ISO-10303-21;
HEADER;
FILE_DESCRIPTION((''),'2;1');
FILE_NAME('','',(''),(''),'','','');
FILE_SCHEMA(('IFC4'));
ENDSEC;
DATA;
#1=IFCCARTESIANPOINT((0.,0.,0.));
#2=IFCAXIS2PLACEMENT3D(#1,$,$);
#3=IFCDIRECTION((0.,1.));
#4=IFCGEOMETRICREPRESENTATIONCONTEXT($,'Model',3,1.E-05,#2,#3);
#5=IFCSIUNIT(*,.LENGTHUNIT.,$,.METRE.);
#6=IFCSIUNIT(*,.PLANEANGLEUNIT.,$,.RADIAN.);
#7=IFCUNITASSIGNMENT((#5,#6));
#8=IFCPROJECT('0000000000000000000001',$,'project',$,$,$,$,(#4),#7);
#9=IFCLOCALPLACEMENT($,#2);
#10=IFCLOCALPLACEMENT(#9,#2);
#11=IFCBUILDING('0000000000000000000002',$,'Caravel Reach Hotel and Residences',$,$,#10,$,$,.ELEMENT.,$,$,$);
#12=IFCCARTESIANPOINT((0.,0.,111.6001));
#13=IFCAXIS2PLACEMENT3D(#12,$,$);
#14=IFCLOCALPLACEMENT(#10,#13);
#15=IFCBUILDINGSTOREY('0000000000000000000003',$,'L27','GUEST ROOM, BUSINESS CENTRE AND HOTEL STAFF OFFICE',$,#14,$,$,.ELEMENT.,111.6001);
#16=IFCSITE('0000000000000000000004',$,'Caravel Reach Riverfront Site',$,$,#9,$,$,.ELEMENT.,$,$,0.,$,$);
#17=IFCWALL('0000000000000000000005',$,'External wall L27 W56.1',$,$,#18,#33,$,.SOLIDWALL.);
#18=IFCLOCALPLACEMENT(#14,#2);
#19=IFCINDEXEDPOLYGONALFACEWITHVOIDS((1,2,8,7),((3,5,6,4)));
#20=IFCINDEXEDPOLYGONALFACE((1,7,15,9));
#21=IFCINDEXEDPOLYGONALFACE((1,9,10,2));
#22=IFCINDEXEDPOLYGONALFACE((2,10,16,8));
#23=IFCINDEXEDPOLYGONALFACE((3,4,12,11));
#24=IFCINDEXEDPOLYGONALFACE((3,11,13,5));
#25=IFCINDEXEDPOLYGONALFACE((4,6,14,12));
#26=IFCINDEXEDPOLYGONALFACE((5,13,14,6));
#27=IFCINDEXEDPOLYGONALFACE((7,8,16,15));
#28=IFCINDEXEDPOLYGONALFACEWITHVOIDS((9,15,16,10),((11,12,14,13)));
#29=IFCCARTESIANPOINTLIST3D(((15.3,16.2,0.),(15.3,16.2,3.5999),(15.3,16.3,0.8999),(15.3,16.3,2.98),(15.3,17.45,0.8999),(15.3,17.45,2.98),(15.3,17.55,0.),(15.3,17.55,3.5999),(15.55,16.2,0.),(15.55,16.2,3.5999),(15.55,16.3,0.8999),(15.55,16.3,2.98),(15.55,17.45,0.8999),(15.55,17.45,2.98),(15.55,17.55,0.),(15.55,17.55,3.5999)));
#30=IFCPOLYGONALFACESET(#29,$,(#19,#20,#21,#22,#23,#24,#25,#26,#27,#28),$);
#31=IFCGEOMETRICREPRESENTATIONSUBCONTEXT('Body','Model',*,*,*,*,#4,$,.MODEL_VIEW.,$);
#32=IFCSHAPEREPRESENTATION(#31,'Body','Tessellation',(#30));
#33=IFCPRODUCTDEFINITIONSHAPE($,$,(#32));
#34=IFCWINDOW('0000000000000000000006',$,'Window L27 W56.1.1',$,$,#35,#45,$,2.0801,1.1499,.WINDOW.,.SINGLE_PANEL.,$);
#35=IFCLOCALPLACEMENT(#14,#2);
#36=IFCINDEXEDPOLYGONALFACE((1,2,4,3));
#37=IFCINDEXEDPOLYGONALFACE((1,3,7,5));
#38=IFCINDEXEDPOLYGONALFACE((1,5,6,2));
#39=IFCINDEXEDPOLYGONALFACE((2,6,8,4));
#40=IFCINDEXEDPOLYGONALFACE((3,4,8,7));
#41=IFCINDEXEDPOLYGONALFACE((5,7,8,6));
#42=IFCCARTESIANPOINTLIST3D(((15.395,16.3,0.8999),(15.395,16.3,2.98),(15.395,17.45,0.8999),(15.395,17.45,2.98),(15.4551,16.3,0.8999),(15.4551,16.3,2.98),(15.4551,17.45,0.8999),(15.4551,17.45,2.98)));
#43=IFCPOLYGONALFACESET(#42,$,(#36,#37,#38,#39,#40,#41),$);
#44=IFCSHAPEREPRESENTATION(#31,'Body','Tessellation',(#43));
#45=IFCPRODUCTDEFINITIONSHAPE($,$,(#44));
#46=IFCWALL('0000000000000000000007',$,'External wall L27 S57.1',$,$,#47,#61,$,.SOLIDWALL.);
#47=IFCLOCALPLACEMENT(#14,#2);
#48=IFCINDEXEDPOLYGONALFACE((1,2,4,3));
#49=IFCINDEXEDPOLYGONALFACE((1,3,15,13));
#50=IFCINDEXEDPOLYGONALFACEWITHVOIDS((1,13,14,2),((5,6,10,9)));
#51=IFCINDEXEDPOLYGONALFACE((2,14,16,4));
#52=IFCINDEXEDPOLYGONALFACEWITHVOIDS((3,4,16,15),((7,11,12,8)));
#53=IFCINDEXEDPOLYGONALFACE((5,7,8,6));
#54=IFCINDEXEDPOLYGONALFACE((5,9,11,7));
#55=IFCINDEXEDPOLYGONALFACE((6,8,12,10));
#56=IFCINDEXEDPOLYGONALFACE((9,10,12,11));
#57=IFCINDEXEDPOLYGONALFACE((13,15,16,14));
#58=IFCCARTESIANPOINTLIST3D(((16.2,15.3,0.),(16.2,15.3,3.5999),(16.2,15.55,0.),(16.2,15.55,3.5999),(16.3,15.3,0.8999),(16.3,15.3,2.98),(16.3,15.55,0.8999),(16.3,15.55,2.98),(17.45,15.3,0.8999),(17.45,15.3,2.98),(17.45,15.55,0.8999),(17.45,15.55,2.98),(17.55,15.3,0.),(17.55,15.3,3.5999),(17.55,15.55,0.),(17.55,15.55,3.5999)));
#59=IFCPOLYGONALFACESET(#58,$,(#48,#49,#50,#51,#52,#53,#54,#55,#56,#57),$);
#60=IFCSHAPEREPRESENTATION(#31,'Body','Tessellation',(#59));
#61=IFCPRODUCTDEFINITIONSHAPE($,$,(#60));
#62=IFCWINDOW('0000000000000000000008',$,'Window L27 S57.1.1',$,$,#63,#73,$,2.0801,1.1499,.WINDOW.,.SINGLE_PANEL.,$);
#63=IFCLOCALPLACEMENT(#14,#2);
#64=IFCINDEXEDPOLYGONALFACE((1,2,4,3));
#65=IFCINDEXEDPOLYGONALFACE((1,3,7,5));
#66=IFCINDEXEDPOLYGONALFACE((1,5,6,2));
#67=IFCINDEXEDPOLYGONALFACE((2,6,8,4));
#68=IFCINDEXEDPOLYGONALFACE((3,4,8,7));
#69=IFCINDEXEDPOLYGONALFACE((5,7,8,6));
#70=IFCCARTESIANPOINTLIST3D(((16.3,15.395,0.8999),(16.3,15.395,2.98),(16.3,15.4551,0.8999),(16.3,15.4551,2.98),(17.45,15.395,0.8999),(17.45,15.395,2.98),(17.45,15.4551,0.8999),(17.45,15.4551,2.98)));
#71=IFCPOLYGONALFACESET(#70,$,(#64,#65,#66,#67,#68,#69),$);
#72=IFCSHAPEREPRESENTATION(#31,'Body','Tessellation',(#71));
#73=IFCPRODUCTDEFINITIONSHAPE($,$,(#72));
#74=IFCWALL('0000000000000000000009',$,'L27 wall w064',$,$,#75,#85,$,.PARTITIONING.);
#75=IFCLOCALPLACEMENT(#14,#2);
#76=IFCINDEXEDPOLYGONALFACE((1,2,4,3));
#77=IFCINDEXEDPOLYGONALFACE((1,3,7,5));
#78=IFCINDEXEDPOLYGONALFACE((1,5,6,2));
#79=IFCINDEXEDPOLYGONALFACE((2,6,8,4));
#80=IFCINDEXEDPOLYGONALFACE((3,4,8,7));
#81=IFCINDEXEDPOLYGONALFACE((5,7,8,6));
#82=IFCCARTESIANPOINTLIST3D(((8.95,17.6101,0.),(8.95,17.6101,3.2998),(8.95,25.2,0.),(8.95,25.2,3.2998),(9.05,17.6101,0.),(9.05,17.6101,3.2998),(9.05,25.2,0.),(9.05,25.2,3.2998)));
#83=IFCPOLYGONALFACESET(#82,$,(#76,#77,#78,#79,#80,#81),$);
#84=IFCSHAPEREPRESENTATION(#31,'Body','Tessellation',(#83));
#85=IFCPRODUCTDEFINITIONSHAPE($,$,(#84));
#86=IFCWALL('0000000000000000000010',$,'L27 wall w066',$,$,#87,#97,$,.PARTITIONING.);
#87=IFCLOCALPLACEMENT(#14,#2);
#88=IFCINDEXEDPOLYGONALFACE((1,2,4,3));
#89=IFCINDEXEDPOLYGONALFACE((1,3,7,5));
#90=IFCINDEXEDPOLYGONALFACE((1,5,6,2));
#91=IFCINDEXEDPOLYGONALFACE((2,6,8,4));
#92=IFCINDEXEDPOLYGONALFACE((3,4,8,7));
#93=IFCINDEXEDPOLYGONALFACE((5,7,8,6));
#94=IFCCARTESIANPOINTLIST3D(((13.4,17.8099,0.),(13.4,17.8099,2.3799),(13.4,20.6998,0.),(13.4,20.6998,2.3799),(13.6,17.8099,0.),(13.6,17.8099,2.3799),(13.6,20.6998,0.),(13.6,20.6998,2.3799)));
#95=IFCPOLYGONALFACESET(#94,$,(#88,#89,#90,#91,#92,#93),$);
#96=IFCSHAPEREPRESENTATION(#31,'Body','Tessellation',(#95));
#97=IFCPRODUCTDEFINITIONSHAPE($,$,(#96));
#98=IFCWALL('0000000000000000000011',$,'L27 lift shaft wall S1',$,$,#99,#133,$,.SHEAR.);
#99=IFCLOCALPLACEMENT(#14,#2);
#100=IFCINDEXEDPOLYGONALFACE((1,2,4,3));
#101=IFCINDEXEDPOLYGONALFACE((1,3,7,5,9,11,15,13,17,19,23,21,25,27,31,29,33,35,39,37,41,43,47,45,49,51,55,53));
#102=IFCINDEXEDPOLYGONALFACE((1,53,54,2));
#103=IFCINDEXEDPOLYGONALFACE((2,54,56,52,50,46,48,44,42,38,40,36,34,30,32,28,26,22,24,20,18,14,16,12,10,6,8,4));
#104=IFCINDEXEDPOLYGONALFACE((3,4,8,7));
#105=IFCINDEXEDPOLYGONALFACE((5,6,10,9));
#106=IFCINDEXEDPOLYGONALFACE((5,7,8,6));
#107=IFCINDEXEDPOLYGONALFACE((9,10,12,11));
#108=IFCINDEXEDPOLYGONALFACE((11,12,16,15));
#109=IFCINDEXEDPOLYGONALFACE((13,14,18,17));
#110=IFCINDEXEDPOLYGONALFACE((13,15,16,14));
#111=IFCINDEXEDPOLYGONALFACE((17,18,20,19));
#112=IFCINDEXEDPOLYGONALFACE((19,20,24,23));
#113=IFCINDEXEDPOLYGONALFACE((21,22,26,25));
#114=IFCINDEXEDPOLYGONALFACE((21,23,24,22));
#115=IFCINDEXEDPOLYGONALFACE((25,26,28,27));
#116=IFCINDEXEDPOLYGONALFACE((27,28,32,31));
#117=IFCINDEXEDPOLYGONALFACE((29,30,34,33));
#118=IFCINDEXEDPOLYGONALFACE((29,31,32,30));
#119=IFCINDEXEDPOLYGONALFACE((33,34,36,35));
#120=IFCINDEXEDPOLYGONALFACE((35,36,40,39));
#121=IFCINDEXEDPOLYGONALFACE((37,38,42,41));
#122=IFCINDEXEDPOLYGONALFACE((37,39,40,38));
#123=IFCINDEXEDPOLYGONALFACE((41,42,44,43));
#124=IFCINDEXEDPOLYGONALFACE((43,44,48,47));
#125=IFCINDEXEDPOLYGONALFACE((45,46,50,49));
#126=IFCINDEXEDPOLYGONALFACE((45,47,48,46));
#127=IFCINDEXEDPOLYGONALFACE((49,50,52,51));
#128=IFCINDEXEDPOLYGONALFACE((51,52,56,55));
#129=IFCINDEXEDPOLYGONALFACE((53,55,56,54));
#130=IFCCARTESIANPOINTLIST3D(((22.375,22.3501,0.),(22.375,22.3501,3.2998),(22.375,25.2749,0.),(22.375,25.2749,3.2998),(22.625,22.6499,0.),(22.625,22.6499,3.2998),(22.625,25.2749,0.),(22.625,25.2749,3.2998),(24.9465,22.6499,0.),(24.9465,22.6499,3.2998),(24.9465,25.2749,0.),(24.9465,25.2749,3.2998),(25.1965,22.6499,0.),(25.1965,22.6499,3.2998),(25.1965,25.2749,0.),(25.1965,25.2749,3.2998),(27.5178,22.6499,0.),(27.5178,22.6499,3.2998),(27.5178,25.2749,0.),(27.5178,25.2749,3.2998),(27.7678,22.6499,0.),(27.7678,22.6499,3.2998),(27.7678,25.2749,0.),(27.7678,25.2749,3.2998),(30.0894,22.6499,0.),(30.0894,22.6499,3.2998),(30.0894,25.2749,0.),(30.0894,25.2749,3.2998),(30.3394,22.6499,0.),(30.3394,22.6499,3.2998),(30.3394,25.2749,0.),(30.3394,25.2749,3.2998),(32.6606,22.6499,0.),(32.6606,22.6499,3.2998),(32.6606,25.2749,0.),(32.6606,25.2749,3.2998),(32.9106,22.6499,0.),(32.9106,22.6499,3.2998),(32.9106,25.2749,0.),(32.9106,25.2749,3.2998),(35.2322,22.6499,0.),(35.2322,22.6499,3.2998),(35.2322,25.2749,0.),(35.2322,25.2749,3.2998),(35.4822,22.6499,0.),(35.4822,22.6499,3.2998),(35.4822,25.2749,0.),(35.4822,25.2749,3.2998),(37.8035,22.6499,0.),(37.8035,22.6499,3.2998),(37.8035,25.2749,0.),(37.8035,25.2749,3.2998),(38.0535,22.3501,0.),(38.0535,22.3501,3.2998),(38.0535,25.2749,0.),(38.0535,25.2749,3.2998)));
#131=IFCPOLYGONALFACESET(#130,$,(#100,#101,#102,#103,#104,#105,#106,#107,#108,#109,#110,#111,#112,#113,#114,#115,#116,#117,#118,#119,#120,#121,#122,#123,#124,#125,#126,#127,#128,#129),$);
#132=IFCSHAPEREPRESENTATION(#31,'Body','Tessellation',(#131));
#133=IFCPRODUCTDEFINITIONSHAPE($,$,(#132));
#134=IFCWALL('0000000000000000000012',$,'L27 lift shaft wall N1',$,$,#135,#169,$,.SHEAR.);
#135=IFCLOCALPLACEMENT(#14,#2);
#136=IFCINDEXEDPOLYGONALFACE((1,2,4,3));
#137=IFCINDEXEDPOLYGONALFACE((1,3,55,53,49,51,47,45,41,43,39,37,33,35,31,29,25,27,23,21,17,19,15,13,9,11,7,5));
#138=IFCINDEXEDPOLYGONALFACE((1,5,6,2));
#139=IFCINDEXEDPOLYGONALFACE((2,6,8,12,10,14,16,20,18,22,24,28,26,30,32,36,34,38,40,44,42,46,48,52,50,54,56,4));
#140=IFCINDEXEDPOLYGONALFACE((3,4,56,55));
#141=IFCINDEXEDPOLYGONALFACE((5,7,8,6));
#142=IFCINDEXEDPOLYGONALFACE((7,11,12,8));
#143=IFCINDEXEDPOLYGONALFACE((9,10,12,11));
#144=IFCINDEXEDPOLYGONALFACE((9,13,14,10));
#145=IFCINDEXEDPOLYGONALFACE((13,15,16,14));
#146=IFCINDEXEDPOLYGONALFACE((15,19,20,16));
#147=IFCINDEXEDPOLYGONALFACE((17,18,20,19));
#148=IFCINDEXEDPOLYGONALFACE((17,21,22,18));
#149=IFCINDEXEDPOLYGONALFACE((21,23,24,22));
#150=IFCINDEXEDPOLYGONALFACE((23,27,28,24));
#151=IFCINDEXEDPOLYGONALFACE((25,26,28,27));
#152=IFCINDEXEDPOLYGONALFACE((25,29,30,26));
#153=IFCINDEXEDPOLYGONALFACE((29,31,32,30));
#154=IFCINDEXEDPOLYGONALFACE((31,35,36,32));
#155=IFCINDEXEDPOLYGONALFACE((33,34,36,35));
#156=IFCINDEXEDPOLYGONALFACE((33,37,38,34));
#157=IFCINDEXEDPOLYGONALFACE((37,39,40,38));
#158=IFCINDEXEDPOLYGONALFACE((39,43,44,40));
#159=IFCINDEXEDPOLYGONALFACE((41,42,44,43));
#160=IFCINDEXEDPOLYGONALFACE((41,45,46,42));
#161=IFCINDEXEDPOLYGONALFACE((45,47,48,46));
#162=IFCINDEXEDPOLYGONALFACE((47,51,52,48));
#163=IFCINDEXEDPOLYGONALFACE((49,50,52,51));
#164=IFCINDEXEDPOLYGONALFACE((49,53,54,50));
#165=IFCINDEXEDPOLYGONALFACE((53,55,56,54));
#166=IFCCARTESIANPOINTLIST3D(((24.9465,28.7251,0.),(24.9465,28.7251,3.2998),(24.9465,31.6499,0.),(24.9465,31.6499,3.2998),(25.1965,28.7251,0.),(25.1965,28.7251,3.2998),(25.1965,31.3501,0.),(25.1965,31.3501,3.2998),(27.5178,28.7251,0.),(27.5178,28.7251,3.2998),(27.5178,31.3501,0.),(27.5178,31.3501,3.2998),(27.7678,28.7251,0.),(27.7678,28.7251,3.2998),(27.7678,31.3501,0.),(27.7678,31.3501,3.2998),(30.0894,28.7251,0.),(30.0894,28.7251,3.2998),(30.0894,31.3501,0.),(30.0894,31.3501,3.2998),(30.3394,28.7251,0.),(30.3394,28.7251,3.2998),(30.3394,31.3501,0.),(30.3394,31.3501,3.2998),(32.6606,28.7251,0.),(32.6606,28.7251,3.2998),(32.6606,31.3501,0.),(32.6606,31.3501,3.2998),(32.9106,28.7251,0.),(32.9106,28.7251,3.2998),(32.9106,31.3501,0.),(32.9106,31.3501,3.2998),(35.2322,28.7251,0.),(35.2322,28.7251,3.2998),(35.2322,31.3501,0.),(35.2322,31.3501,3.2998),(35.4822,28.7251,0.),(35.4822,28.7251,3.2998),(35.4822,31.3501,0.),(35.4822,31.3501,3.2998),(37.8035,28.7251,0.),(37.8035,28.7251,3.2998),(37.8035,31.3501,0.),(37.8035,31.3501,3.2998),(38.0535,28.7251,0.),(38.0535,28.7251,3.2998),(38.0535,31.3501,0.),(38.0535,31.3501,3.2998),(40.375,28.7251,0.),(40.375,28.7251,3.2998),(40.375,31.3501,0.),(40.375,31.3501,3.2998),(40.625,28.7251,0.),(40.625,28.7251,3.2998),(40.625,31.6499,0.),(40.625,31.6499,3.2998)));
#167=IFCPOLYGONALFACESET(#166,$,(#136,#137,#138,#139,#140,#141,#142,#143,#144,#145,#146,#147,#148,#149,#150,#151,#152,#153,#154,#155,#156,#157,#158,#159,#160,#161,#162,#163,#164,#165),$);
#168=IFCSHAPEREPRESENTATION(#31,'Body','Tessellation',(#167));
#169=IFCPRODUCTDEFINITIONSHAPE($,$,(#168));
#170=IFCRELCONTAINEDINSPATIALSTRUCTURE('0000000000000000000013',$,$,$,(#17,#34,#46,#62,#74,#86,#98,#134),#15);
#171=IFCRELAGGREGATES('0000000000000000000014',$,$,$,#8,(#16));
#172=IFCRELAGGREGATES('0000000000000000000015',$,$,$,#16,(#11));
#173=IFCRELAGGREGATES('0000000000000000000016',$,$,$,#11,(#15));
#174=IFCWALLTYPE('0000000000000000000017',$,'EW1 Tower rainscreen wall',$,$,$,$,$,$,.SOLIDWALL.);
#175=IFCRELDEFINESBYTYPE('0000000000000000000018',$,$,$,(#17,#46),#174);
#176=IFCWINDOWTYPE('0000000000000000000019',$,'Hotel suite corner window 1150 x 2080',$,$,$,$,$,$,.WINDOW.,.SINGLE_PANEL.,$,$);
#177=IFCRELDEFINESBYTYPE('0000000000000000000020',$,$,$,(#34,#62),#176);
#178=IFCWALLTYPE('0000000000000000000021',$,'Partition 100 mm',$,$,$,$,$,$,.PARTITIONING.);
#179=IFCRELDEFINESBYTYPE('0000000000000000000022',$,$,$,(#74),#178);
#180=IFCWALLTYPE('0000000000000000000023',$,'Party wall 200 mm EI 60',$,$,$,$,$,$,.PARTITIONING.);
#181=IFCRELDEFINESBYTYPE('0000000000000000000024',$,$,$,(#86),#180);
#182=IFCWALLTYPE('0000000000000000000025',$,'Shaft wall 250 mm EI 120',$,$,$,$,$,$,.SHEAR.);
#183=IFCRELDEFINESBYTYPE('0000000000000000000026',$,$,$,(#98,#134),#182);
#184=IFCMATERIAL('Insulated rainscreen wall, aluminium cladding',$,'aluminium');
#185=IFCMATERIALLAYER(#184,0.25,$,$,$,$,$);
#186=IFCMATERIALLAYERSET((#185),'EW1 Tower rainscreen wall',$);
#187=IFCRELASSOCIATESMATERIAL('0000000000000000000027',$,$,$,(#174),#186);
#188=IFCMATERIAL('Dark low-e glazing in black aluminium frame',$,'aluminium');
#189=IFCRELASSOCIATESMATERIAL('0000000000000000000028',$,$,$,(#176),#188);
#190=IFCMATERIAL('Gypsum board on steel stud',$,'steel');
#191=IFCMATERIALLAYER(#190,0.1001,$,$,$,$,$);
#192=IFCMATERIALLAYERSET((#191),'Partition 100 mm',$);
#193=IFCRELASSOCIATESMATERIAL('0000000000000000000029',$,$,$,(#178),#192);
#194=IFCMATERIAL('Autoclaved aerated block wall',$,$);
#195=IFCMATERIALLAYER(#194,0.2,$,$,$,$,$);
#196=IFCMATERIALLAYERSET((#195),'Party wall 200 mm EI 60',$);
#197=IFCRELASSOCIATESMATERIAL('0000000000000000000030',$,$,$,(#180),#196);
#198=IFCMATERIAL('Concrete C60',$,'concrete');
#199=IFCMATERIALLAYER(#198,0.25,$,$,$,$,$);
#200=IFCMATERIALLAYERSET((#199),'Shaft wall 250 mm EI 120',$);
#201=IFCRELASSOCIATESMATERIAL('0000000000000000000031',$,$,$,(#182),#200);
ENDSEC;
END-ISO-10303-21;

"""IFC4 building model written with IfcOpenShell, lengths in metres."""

from ifc_helpers import new_model, si_unit, direction, frame, frame_2d, origin, place, context, subcontext, project, spatial, polyline, rectangle, outline, extrude, material, layer, layer_set, type_object, element, fill, save


model = new_model("IFC4")

# Units and contexts
model_context = context("Model", 3, precision=1e-05, world=origin(), true_north=direction((0.0, 1.0)))
body_context = subcontext(model_context, "Body", "Model", "MODEL_VIEW")
ifc_project = project(units=[si_unit("LENGTHUNIT", "METRE"), si_unit("PLANEANGLEUNIT", "RADIAN")], contexts=[model_context])

# Site, building, storey
site_placement = place(None, origin())
site = spatial("IfcSite", under=ifc_project, at=site_placement, Name="Caravel Reach Riverfront Site", CompositionType="ELEMENT", RefElevation=0.0)
building_placement = place(site_placement, origin())
building = spatial("IfcBuilding", under=site, at=building_placement, Name="Caravel Reach Hotel and Residences", CompositionType="ELEMENT")
storey_placement = place(building_placement, frame((0.0, 0.0, 111.6001)))
storey = spatial("IfcBuildingStorey", under=building, at=storey_placement, Name="L27", Description="GUEST ROOM, BUSINESS CENTRE AND HOTEL STAFF OFFICE", CompositionType="ELEMENT", Elevation=111.6001)

# Shared definitions
ifc_material_1 = material(Name="Insulated rainscreen wall, aluminium cladding", Category="aluminium")
ifc_layer_1 = layer(ifc_material_1, 0.25)
ifc_layer_set_1 = layer_set([ifc_layer_1], Name="EW1 Tower rainscreen wall")
wall_type_1 = type_object("IfcWallType", Name="EW1 Tower rainscreen wall", PredefinedType="SOLIDWALL", material=ifc_layer_set_1)

# Walls, openings, windows
ifc_material_2 = material(Name="Dark low-e glazing in black aluminium frame", Category="aluminium")
window_type_1 = type_object("IfcWindowType", Name="Hotel suite corner window 1150 x 2080", PartitioningType="SINGLE_PANEL", PredefinedType="WINDOW", material=ifc_material_2)
wall_1_placement = place(storey_placement, frame((15.425, 17.55, 0.0), z_axis=(0.0, 0.0, 1.0), x_axis=(0.0, -1.0, 0.0)))
wall_1 = element("IfcWall", 1, at=wall_1_placement, inside=storey, type_object=wall_type_1, Name="External wall L27 W56.1", PredefinedType="SOLIDWALL", context=body_context, shape_type="SweptSolid", body=[
    extrude(rectangle(XDim=1.3501, YDim=0.25, at=frame_2d((0.675, 0.0))), origin(), (0.0, 0.0, 1.0), 3.5999),
])
opening_1_placement = place(wall_1_placement, frame((0.1001, 0.0, 0.8999)))
opening_1 = element("IfcOpeningElement", 2, at=opening_1_placement, cuts=wall_1, PredefinedType="OPENING", context=body_context, shape_type="SweptSolid", body=[
    extrude(rectangle(XDim=1.1499, YDim=2.0801, at=frame_2d((0.575, 1.04))), frame((0.0, 0.135, 0.0), z_axis=(0.0, -1.0, 0.0), x_axis=(1.0, 0.0, 0.0)), (0.0, 0.0, 1.0), 0.27),
])
window_1_placement = place(opening_1_placement, origin())
window_1 = element("IfcWindow", 3, at=window_1_placement, inside=storey, type_object=window_type_1, Name="Window L27 W56.1.1", OverallHeight=2.0801, OverallWidth=1.1499, PartitioningType="SINGLE_PANEL", PredefinedType="WINDOW", context=body_context, shape_type="SweptSolid", body=[
    extrude(rectangle(XDim=1.1499, YDim=2.0801, at=frame_2d((0.575, 1.04))), frame((0.0, 0.03, 0.0), z_axis=(0.0, -1.0, 0.0), x_axis=(1.0, 0.0, 0.0)), (0.0, 0.0, 1.0), 0.0601),
])
fill(opening_1, window_1)
wall_2_placement = place(storey_placement, frame((16.2, 15.425, 0.0), z_axis=(0.0, 0.0, 1.0), x_axis=(1.0, 0.0, 0.0)))
wall_2 = element("IfcWall", 4, at=wall_2_placement, inside=storey, type_object=wall_type_1, Name="External wall L27 S57.1", PredefinedType="SOLIDWALL", context=body_context, shape_type="SweptSolid", body=[
    extrude(rectangle(XDim=1.3501, YDim=0.25, at=frame_2d((0.675, 0.0))), origin(), (0.0, 0.0, 1.0), 3.5999),
])
opening_2_placement = place(wall_2_placement, frame((0.1001, 0.0, 0.8999)))
opening_2 = element("IfcOpeningElement", 5, at=opening_2_placement, cuts=wall_2, PredefinedType="OPENING", context=body_context, shape_type="SweptSolid", body=[
    extrude(rectangle(XDim=1.1499, YDim=2.0801, at=frame_2d((0.575, 1.04))), frame((0.0, 0.135, 0.0), z_axis=(0.0, -1.0, 0.0), x_axis=(1.0, 0.0, 0.0)), (0.0, 0.0, 1.0), 0.27),
])
window_2_placement = place(opening_2_placement, origin())
window_2 = element("IfcWindow", 6, at=window_2_placement, inside=storey, type_object=window_type_1, Name="Window L27 S57.1.1", OverallHeight=2.0801, OverallWidth=1.1499, PartitioningType="SINGLE_PANEL", PredefinedType="WINDOW", context=body_context, shape_type="SweptSolid", body=[
    extrude(rectangle(XDim=1.1499, YDim=2.0801, at=frame_2d((0.575, 1.04))), frame((0.0, 0.03, 0.0), z_axis=(0.0, -1.0, 0.0), x_axis=(1.0, 0.0, 0.0)), (0.0, 0.0, 1.0), 0.0601),
])
fill(opening_2, window_2)

# Walls
ifc_material_3 = material(Name="Gypsum board on steel stud", Category="steel")
ifc_layer_2 = layer(ifc_material_3, 0.1001)
ifc_layer_set_2 = layer_set([ifc_layer_2], Name="Partition 100 mm")
wall_type_2 = type_object("IfcWallType", Name="Partition 100 mm", PredefinedType="PARTITIONING", material=ifc_layer_set_2)
wall_3_placement = place(storey_placement, frame((9.0, 17.6101, 0.0), z_axis=(0.0, 0.0, 1.0), x_axis=(0.0, 1.0, 0.0)))
element("IfcWall", 7, at=wall_3_placement, inside=storey, type_object=wall_type_2, Name="L27 wall w064", PredefinedType="PARTITIONING", context=body_context, shape_type="SweptSolid", body=[
    extrude(rectangle(XDim=7.5898, YDim=0.1001, at=frame_2d((3.7949, 0.0))), origin(), (0.0, 0.0, 1.0), 3.2998),
])
ifc_material_4 = material(Name="Autoclaved aerated block wall")
ifc_layer_3 = layer(ifc_material_4, 0.2)
ifc_layer_set_3 = layer_set([ifc_layer_3], Name="Party wall 200 mm EI 60")
wall_type_3 = type_object("IfcWallType", Name="Party wall 200 mm EI 60", PredefinedType="PARTITIONING", material=ifc_layer_set_3)
wall_4_placement = place(storey_placement, frame((13.5, 17.8101, 0.0), z_axis=(0.0, 0.0, 1.0), x_axis=(0.0, 1.0, 0.0)))
element("IfcWall", 8, at=wall_4_placement, inside=storey, type_object=wall_type_3, Name="L27 wall w066", PredefinedType="PARTITIONING", context=body_context, shape_type="SweptSolid", body=[
    extrude(rectangle(XDim=2.8899, YDim=0.2, at=frame_2d((1.4448, 0.0))), origin(), (0.0, 0.0, 1.0), 2.3799),
])
ifc_material_5 = material(Name="Concrete C60", Category="concrete")
ifc_layer_4 = layer(ifc_material_5, 0.25)
ifc_layer_set_4 = layer_set([ifc_layer_4], Name="Shaft wall 250 mm EI 120")
wall_type_4 = type_object("IfcWallType", Name="Shaft wall 250 mm EI 120", PredefinedType="SHEAR", material=ifc_layer_set_4)
wall_5_placement = place(storey_placement, origin())
element("IfcWall", 9, at=wall_5_placement, inside=storey, type_object=wall_type_4, Name="L27 lift shaft wall S1", PredefinedType="SHEAR", context=body_context, shape_type="SweptSolid", body=[
    extrude(outline(polyline([(22.375, 22.3501), (38.0535, 22.3501), (38.0535, 25.2749), (37.8035, 25.2749), (37.8035, 22.6499), (35.4822, 22.6499), (35.4822, 25.2749), (35.2322, 25.2749), (35.2322, 22.6499), (32.9106, 22.6499), (32.9106, 25.2749), (32.6606, 25.2749), (32.6606, 22.6499), (30.3394, 22.6499), (30.3394, 25.2749), (30.0894, 25.2749), (30.0894, 22.6499), (27.7678, 22.6499), (27.7678, 25.2749), (27.5178, 25.2749), (27.5178, 22.6499), (25.1965, 22.6499), (25.1965, 25.2749), (24.9465, 25.2749), (24.9465, 22.6499), (22.625, 22.6499), (22.625, 25.2749), (22.375, 25.2749), (22.375, 22.3501)])), origin(), (0.0, 0.0, 1.0), 3.2998),
])
wall_6_placement = place(storey_placement, origin())
element("IfcWall", 10, at=wall_6_placement, inside=storey, type_object=wall_type_4, Name="L27 lift shaft wall N1", PredefinedType="SHEAR", context=body_context, shape_type="SweptSolid", body=[
    extrude(outline(polyline([(24.9465, 28.7251), (25.1965, 28.7251), (25.1965, 31.3501), (27.5178, 31.3501), (27.5178, 28.7251), (27.7678, 28.7251), (27.7678, 31.3501), (30.0894, 31.3501), (30.0894, 28.7251), (30.3394, 28.7251), (30.3394, 31.3501), (32.6606, 31.3501), (32.6606, 28.7251), (32.9106, 28.7251), (32.9106, 31.3501), (35.2322, 31.3501), (35.2322, 28.7251), (35.4822, 28.7251), (35.4822, 31.3501), (37.8035, 31.3501), (37.8035, 28.7251), (38.0535, 28.7251), (38.0535, 31.3501), (40.375, 31.3501), (40.375, 28.7251), (40.625, 28.7251), (40.625, 31.6499), (24.9465, 31.6499), (24.9465, 28.7251)])), origin(), (0.0, 0.0, 1.0), 3.2998),
])

save(model, "model.ifc")
